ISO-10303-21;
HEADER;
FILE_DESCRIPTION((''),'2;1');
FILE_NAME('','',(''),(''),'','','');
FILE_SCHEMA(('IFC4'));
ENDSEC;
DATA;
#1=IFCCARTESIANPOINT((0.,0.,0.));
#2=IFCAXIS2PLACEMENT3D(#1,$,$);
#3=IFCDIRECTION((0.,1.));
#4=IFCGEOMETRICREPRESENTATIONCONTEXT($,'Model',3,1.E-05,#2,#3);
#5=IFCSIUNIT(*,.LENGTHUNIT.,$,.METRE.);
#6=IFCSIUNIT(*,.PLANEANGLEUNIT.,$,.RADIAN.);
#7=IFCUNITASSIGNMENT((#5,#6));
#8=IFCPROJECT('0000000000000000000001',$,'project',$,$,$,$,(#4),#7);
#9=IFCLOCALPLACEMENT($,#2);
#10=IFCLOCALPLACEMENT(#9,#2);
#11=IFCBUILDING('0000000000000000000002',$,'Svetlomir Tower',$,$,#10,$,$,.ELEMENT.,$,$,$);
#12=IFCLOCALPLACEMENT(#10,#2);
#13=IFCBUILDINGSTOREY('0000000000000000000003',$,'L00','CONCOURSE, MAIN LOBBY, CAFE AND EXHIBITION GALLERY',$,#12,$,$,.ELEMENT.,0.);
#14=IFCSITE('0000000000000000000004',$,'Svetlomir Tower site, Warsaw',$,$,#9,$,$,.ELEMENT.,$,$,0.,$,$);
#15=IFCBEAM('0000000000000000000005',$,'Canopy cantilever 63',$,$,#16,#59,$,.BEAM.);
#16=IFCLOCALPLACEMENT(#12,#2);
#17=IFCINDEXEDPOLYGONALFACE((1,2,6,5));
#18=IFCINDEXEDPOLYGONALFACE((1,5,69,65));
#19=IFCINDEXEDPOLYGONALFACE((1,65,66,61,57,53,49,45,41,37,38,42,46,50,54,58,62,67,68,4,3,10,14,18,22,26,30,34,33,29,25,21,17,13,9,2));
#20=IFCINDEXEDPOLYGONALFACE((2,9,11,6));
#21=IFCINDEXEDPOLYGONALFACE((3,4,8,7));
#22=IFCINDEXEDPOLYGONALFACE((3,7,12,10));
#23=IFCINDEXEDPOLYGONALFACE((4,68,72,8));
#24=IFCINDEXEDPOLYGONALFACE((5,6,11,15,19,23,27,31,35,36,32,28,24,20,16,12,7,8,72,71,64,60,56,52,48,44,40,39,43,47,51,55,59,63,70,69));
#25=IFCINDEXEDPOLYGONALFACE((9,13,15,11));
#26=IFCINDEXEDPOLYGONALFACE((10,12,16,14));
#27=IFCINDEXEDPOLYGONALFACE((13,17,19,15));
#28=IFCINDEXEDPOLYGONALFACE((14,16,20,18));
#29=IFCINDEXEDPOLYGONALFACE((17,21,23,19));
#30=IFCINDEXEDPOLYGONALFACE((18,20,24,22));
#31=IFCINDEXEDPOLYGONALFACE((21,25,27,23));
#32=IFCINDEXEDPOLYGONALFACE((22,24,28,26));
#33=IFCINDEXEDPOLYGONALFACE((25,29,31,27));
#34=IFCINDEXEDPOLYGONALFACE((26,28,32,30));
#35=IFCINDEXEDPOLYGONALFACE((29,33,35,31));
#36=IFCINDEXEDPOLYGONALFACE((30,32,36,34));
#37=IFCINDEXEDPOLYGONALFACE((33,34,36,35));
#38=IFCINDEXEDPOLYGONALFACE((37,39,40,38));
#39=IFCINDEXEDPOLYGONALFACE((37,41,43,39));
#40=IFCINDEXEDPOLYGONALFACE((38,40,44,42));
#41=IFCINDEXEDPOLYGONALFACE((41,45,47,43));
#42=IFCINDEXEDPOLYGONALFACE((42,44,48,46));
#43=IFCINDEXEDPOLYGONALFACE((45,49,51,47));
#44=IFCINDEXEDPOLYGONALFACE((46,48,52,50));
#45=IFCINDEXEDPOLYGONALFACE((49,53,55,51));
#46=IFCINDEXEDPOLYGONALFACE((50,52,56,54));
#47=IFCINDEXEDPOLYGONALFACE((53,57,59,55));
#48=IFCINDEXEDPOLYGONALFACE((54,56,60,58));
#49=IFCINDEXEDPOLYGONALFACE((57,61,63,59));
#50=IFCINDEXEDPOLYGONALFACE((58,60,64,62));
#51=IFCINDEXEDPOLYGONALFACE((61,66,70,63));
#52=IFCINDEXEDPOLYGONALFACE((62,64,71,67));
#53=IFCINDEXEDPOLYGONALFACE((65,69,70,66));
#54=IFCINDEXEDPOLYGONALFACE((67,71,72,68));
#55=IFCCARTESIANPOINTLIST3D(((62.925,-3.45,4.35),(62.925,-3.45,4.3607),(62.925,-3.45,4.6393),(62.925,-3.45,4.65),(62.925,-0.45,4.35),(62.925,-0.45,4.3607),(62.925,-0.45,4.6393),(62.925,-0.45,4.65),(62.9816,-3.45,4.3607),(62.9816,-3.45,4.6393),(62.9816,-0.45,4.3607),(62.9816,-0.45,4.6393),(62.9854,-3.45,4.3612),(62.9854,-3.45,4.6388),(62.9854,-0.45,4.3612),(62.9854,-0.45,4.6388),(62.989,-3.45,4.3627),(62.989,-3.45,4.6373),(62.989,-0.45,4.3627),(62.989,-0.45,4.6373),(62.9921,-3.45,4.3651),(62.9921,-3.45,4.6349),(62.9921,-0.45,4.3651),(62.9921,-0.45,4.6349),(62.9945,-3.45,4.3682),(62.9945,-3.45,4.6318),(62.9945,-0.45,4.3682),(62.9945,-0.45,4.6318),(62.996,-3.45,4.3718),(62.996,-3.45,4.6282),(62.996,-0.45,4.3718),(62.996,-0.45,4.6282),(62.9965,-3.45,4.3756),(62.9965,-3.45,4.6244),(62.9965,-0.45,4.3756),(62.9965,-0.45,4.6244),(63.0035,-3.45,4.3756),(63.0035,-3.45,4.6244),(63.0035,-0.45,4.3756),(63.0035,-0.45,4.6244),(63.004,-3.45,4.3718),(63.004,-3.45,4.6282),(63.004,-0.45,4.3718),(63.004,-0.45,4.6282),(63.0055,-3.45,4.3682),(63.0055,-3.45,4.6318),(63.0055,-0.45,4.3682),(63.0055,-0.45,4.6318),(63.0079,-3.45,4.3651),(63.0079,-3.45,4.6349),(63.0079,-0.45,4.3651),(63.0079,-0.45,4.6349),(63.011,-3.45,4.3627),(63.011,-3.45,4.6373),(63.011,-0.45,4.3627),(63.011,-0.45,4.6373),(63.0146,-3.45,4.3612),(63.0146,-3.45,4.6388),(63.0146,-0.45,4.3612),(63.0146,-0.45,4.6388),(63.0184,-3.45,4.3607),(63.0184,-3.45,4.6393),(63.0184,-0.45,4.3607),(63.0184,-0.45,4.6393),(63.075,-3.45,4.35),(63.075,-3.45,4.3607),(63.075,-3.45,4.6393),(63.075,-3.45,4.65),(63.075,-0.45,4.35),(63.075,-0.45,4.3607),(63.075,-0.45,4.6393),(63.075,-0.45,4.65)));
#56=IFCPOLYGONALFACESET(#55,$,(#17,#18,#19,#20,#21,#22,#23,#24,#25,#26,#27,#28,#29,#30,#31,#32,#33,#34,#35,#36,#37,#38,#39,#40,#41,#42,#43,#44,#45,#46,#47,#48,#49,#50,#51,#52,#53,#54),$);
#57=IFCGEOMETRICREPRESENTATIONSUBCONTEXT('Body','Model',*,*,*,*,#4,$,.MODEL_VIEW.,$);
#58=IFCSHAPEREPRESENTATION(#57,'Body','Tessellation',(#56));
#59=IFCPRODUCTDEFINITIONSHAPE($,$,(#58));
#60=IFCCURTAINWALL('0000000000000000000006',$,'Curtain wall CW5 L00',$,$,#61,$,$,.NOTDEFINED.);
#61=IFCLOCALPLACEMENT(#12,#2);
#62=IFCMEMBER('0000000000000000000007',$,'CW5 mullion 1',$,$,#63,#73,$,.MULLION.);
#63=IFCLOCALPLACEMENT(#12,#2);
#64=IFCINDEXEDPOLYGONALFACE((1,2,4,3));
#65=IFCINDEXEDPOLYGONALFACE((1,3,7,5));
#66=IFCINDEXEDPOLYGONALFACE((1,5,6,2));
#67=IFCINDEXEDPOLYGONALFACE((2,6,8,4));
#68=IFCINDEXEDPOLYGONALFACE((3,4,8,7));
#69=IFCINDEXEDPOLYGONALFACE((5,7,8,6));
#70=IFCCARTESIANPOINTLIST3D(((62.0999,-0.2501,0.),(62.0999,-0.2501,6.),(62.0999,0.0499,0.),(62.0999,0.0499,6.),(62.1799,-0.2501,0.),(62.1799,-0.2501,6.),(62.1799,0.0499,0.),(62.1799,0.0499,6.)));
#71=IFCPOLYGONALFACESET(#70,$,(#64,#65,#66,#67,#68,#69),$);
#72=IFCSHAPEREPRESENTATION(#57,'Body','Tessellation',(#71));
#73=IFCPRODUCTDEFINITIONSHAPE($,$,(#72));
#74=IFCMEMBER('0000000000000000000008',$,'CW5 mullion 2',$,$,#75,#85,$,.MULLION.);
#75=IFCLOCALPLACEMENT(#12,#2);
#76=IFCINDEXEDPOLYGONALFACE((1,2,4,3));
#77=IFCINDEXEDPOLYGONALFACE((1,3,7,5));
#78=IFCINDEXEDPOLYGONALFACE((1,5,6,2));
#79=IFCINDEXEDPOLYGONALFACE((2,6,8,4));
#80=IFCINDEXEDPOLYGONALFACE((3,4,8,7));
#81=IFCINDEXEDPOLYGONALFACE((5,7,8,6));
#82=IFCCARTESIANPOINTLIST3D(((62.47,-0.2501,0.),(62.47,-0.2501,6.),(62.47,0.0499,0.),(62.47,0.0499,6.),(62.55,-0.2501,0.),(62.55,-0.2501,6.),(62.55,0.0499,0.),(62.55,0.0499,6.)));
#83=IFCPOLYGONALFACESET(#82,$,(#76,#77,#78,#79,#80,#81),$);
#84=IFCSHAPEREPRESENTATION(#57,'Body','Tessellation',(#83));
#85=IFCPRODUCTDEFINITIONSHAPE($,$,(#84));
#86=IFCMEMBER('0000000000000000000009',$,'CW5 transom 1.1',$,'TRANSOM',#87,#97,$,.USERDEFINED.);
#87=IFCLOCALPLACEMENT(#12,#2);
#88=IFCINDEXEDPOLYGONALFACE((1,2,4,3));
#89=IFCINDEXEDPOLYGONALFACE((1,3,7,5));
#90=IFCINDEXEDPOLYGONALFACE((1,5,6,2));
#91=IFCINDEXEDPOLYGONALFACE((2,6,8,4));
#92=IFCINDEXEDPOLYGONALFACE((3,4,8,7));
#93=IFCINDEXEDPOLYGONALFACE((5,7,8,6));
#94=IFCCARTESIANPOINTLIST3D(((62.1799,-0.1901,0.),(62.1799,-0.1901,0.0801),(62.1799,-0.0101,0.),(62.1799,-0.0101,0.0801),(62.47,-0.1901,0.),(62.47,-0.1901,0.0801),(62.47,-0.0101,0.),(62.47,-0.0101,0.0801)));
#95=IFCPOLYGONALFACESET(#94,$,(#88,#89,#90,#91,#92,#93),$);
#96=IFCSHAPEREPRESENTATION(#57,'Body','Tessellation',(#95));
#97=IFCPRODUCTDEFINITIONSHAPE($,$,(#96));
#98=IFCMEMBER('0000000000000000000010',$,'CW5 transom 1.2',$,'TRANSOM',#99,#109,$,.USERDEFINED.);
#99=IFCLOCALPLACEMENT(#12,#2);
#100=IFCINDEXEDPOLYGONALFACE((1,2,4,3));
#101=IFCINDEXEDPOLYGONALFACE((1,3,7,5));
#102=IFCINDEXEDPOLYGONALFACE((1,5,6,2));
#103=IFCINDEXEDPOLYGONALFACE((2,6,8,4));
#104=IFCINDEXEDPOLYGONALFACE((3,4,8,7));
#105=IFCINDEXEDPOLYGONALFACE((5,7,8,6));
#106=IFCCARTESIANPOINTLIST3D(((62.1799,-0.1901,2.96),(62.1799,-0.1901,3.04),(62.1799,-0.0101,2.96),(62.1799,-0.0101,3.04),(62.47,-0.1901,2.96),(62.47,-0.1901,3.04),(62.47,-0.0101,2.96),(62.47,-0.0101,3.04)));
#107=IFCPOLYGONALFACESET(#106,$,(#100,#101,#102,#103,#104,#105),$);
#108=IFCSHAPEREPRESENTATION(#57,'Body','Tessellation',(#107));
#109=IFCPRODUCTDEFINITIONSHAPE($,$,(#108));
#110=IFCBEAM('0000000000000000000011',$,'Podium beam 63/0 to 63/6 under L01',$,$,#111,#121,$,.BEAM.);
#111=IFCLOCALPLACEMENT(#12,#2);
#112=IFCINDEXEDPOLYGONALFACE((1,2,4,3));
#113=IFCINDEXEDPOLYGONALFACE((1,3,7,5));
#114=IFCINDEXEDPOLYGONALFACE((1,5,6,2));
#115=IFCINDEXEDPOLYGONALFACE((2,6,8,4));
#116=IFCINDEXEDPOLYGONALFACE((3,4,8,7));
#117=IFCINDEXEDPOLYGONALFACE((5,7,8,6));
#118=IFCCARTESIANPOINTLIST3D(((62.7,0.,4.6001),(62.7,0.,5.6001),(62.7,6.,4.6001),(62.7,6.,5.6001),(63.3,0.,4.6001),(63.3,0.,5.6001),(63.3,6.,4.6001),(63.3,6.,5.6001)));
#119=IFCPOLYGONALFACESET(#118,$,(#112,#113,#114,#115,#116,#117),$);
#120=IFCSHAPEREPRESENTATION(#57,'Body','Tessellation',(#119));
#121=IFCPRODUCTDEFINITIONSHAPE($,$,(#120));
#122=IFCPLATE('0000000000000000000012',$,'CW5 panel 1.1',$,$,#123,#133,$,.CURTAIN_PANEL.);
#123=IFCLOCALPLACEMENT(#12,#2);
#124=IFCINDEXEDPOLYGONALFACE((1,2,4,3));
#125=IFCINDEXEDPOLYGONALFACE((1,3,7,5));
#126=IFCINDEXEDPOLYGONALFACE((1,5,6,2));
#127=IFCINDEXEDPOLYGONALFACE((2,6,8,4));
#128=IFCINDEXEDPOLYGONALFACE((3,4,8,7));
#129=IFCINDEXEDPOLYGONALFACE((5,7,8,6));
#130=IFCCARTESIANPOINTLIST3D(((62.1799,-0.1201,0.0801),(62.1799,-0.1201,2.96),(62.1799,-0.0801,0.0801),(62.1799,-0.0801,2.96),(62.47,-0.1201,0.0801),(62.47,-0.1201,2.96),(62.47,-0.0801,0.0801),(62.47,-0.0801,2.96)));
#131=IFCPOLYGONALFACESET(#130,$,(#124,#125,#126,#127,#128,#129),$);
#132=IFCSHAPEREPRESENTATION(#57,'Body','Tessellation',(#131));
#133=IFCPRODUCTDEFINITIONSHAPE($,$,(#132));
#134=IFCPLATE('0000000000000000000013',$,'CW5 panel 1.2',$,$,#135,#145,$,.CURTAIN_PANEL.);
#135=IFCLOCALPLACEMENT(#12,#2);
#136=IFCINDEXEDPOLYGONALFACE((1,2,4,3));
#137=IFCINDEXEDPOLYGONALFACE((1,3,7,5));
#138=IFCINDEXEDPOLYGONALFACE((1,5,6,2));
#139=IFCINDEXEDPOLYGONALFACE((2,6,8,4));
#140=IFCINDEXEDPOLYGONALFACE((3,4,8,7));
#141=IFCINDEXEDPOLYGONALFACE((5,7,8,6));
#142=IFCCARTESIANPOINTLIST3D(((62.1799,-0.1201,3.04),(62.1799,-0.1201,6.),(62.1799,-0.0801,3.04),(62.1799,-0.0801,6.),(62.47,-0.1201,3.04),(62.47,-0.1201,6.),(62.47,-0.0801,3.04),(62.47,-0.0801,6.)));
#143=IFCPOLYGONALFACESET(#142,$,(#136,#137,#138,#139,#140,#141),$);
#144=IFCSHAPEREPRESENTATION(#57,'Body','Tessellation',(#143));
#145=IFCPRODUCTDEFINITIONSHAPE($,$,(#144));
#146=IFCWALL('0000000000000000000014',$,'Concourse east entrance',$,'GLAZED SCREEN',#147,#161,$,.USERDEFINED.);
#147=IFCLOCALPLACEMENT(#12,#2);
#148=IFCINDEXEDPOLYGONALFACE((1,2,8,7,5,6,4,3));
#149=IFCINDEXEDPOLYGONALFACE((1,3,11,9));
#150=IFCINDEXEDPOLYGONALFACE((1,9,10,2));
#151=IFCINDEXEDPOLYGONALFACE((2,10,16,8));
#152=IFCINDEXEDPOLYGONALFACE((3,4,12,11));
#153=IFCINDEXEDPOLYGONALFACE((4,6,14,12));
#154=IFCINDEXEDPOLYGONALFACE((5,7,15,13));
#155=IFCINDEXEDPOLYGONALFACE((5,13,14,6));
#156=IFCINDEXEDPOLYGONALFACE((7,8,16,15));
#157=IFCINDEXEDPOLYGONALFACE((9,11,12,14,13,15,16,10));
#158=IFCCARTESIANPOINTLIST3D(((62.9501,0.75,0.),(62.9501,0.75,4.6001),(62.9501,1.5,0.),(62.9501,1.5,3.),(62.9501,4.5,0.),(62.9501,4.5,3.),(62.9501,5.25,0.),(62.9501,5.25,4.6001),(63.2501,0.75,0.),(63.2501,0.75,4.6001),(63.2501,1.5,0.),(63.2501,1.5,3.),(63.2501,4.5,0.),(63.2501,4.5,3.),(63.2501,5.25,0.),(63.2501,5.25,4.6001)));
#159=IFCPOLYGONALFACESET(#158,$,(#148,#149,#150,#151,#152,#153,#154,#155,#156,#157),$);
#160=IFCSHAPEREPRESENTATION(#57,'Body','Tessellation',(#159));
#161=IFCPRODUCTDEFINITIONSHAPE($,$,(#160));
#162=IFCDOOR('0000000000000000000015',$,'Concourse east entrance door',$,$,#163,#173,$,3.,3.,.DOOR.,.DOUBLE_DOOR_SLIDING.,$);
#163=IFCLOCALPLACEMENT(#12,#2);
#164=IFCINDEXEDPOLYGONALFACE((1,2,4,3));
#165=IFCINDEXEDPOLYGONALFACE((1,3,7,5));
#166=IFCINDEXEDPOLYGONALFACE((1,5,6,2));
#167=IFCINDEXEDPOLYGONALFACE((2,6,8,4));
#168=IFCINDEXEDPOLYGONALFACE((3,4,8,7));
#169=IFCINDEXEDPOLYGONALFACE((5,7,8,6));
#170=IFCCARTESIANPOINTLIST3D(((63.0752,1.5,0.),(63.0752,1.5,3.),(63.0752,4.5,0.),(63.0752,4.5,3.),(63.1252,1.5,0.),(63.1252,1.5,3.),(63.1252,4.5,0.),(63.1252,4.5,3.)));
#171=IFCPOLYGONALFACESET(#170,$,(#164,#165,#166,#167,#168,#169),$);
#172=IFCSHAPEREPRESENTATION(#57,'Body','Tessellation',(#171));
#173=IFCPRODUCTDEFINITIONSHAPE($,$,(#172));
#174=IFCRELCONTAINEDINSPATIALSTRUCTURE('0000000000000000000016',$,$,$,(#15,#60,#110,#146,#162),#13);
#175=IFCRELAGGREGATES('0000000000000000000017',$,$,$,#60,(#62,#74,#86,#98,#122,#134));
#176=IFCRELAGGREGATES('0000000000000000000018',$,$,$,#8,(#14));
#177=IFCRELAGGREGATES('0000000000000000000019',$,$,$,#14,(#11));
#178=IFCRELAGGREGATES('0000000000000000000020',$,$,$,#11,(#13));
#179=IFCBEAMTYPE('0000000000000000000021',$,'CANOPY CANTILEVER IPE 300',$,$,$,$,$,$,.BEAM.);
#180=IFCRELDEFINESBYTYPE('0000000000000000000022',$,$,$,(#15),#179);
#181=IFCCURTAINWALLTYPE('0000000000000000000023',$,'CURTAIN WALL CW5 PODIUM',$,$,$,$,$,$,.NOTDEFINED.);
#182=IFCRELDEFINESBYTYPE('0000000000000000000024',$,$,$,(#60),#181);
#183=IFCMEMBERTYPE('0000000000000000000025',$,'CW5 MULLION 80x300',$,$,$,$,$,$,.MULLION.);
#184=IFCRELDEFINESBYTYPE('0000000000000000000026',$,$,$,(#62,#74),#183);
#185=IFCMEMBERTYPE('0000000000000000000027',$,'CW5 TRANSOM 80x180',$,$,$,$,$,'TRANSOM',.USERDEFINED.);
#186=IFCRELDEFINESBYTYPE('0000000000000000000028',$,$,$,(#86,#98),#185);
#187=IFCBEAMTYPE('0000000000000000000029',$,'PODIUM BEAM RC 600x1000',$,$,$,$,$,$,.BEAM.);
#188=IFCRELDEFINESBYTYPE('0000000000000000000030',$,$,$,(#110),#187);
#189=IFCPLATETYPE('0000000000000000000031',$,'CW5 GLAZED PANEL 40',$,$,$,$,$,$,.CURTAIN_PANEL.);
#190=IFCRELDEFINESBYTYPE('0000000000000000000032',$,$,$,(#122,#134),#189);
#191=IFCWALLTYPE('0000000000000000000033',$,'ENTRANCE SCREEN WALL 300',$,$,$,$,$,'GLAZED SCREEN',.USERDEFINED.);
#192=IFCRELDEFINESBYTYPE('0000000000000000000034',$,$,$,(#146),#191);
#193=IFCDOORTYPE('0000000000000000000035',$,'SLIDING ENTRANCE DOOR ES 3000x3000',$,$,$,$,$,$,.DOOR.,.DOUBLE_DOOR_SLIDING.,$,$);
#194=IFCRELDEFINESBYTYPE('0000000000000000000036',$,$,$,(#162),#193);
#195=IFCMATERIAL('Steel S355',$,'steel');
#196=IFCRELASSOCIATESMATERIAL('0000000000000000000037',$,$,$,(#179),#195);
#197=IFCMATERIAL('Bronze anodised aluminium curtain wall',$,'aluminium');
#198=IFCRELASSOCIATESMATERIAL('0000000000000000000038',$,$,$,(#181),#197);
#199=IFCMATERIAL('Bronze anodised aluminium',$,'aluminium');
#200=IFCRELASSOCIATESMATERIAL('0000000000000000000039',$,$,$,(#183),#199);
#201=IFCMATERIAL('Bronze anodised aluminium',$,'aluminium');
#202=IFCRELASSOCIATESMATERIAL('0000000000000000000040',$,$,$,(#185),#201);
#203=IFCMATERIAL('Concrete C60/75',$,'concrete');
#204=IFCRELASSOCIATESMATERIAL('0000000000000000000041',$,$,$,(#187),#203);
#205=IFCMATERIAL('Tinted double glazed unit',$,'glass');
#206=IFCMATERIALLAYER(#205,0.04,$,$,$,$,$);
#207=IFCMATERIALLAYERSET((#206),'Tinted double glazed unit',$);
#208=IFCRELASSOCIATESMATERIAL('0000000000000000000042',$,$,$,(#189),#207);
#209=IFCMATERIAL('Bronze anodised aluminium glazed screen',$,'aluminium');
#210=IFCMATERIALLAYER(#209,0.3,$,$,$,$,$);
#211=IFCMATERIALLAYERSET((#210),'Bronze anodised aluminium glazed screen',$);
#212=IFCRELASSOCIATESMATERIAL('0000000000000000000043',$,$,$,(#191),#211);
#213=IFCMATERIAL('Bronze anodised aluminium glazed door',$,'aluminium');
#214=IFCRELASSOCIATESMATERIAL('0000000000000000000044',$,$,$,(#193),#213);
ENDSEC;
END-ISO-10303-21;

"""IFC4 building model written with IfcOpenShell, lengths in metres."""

from ifc_helpers import new_model, si_unit, direction, frame, frame_2d, origin, origin_2d, place, context, subcontext, project, spatial, rectangle, i_section, extrude, material, layer, layer_set, material_profile, profile_set, type_object, element, fill, aggregate, save


model = new_model("IFC4")

# Units and contexts
model_context = context("Model", 3, precision=1e-05, world=origin(), true_north=direction((0.0, 1.0)))
body_context = subcontext(model_context, "Body", "Model", "MODEL_VIEW")
ifc_project = project(units=[si_unit("LENGTHUNIT", "METRE"), si_unit("PLANEANGLEUNIT", "RADIAN")], contexts=[model_context])

# Site, building, storey
site_placement = place(None, origin())
site = spatial("IfcSite", under=ifc_project, at=site_placement, Name="Svetlomir Tower site, Warsaw", CompositionType="ELEMENT", RefElevation=0.0)
building_placement = place(site_placement, origin())
building = spatial("IfcBuilding", under=site, at=building_placement, Name="Svetlomir Tower", CompositionType="ELEMENT")
storey_placement = place(building_placement, origin())
storey = spatial("IfcBuildingStorey", under=building, at=storey_placement, Name="L00", Description="CONCOURSE, MAIN LOBBY, CAFE AND EXHIBITION GALLERY", CompositionType="ELEMENT", Elevation=0.0)

# Beam
ifc_material_1 = material(Name="Steel S355", Category="steel")
ifc_material_profile_1 = material_profile(ifc_material_1, i_section(OverallWidth=0.1499, OverallDepth=0.3, WebThickness=0.0071, FlangeThickness=0.0107, FilletRadius=0.0149, at=origin_2d()), Name="IPE 300")
ifc_profile_set_1 = profile_set([ifc_material_profile_1], Name="Steel S355")
beam_type_1 = type_object("IfcBeamType", Name="CANOPY CANTILEVER IPE 300", PredefinedType="BEAM", material=ifc_profile_set_1)
beam_1_placement = place(storey_placement, frame((63.0, -0.45, 4.5), z_axis=(0.0, -1.0, 0.0), x_axis=(1.0, 0.0, 0.0)))
element("IfcBeam", 1, at=beam_1_placement, inside=storey, type_object=beam_type_1, Name="Canopy cantilever 63", PredefinedType="BEAM", context=body_context, shape_type="SweptSolid", body=[
    extrude(i_section(OverallWidth=0.1499, OverallDepth=0.3, WebThickness=0.0071, FlangeThickness=0.0107, FilletRadius=0.0149, at=origin_2d()), origin(), (0.0, 0.0, 1.0), 3.0),
])

# Curtain wall, members
ifc_material_2 = material(Name="Bronze anodised aluminium curtain wall", Category="aluminium")
curtain_wall_type = type_object("IfcCurtainWallType", Name="CURTAIN WALL CW5 PODIUM", PredefinedType="NOTDEFINED", material=ifc_material_2)
curtain_wall_placement = place(storey_placement, origin())
curtain_wall = element("IfcCurtainWall", 2, at=curtain_wall_placement, inside=storey, type_object=curtain_wall_type, Name="Curtain wall CW5 L00", PredefinedType="NOTDEFINED")
ifc_material_3 = material(Name="Bronze anodised aluminium", Category="aluminium")
ifc_material_profile_2 = material_profile(ifc_material_3, rectangle(XDim=0.0801, YDim=0.3, at=origin_2d()), Name="AL 80x300")
ifc_profile_set_2 = profile_set([ifc_material_profile_2], Name="Bronze anodised aluminium 6063-T6")
member_type_1 = type_object("IfcMemberType", Name="CW5 MULLION 80x300", PredefinedType="MULLION", material=ifc_profile_set_2)
member_1_placement = place(storey_placement, frame((62.1399, -0.1001, 0.0), z_axis=(0.0, 0.0, 1.0), x_axis=(1.0, 0.0, 0.0)))
member_1 = element("IfcMember", 3, at=member_1_placement, type_object=member_type_1, Name="CW5 mullion 1", PredefinedType="MULLION", context=body_context, shape_type="SweptSolid", body=[
    extrude(rectangle(XDim=0.0801, YDim=0.3, at=origin_2d()), origin(), (0.0, 0.0, 1.0), 6.0),
])
member_2_placement = place(storey_placement, frame((62.51, -0.1001, 0.0), z_axis=(0.0, 0.0, 1.0), x_axis=(1.0, 0.0, 0.0)))
member_2 = element("IfcMember", 4, at=member_2_placement, type_object=member_type_1, Name="CW5 mullion 2", PredefinedType="MULLION", context=body_context, shape_type="SweptSolid", body=[
    extrude(rectangle(XDim=0.0801, YDim=0.3, at=origin_2d()), origin(), (0.0, 0.0, 1.0), 6.0),
])
ifc_material_4 = material(Name="Bronze anodised aluminium", Category="aluminium")
ifc_material_profile_3 = material_profile(ifc_material_4, rectangle(XDim=0.1799, YDim=0.0801, at=origin_2d()), Name="AL 180x80")
ifc_profile_set_3 = profile_set([ifc_material_profile_3], Name="Bronze anodised aluminium 6063-T6")
member_type_2 = type_object("IfcMemberType", Name="CW5 TRANSOM 80x180", ElementType="TRANSOM", PredefinedType="USERDEFINED", material=ifc_profile_set_3)
member_3_placement = place(storey_placement, frame((62.1799, -0.1001, 0.04), z_axis=(1.0, 0.0, 0.0), x_axis=(0.0, 1.0, 0.0)))
member_3 = element("IfcMember", 5, at=member_3_placement, type_object=member_type_2, Name="CW5 transom 1.1", ObjectType="TRANSOM", PredefinedType="USERDEFINED", context=body_context, shape_type="SweptSolid", body=[
    extrude(rectangle(XDim=0.1799, YDim=0.0801, at=origin_2d()), origin(), (0.0, 0.0, 1.0), 0.29),
])
member_4_placement = place(storey_placement, frame((62.1799, -0.1001, 3.0), z_axis=(1.0, 0.0, 0.0), x_axis=(0.0, 1.0, 0.0)))
member_4 = element("IfcMember", 6, at=member_4_placement, type_object=member_type_2, Name="CW5 transom 1.2", ObjectType="TRANSOM", PredefinedType="USERDEFINED", context=body_context, shape_type="SweptSolid", body=[
    extrude(rectangle(XDim=0.1799, YDim=0.0801, at=origin_2d()), origin(), (0.0, 0.0, 1.0), 0.29),
])

# Beam
ifc_material_5 = material(Name="Concrete C60/75", Category="concrete")
ifc_material_profile_4 = material_profile(ifc_material_5, rectangle(XDim=0.6001, YDim=1.0, at=origin_2d()), Name="RC 600x1000")
ifc_profile_set_4 = profile_set([ifc_material_profile_4], Name="Concrete C60/75")
beam_type_2 = type_object("IfcBeamType", Name="PODIUM BEAM RC 600x1000", PredefinedType="BEAM", material=ifc_profile_set_4)
beam_2_placement = place(storey_placement, frame((63.0, 0.0, 5.1001), z_axis=(0.0, 1.0, 0.0), x_axis=(-1.0, 0.0, 0.0)))
element("IfcBeam", 7, at=beam_2_placement, inside=storey, type_object=beam_type_2, Name="Podium beam 63/0 to 63/6 under L01", PredefinedType="BEAM", context=body_context, shape_type="SweptSolid", body=[
    extrude(rectangle(XDim=0.6001, YDim=1.0, at=origin_2d()), origin(), (0.0, 0.0, 1.0), 6.0),
])

# Plates
ifc_material_6 = material(Name="Tinted double glazed unit", Category="glass")
ifc_layer_1 = layer(ifc_material_6, 0.04)
ifc_layer_set_1 = layer_set([ifc_layer_1], Name="Tinted double glazed unit")
plate_type = type_object("IfcPlateType", Name="CW5 GLAZED PANEL 40", PredefinedType="CURTAIN_PANEL", material=ifc_layer_set_1)
plate_1_placement = place(storey_placement, frame((62.325, -0.1001, 0.0801), z_axis=(0.0, 0.0, 1.0), x_axis=(1.0, 0.0, 0.0)))
plate_1 = element("IfcPlate", 8, at=plate_1_placement, type_object=plate_type, Name="CW5 panel 1.1", PredefinedType="CURTAIN_PANEL", context=body_context, shape_type="SweptSolid", body=[
    extrude(rectangle(XDim=0.29, YDim=0.04, at=origin_2d()), origin(), (0.0, 0.0, 1.0), 2.8799),
])
plate_2_placement = place(storey_placement, frame((62.325, -0.1001, 3.04), z_axis=(0.0, 0.0, 1.0), x_axis=(1.0, 0.0, 0.0)))
plate_2 = element("IfcPlate", 9, at=plate_2_placement, type_object=plate_type, Name="CW5 panel 1.2", PredefinedType="CURTAIN_PANEL", context=body_context, shape_type="SweptSolid", body=[
    extrude(rectangle(XDim=0.29, YDim=0.04, at=origin_2d()), origin(), (0.0, 0.0, 1.0), 2.96),
])
aggregate(curtain_wall, [member_1, member_2, member_3, member_4, plate_1, plate_2])

# Wall, opening, door
ifc_material_7 = material(Name="Bronze anodised aluminium glazed screen", Category="aluminium")
ifc_layer_2 = layer(ifc_material_7, 0.3)
ifc_layer_set_2 = layer_set([ifc_layer_2], Name="Bronze anodised aluminium glazed screen")
wall_type_1 = type_object("IfcWallType", Name="ENTRANCE SCREEN WALL 300", ElementType="GLAZED SCREEN", PredefinedType="USERDEFINED", material=ifc_layer_set_2)
wall_1_placement = place(storey_placement, frame((63.1001, 0.75, 0.0), z_axis=(0.0, 0.0, 1.0), x_axis=(0.0, 1.0, 0.0)))
wall_1 = element("IfcWall", 10, at=wall_1_placement, inside=storey, type_object=wall_type_1, Name="Concourse east entrance", ObjectType="GLAZED SCREEN", PredefinedType="USERDEFINED", context=body_context, shape_type="SweptSolid", body=[
    extrude(rectangle(XDim=4.5, YDim=0.3, at=frame_2d((2.25, 0.0))), origin(), (0.0, 0.0, 1.0), 4.6001),
])
opening_1_placement = place(wall_1_placement, frame((0.75, 0.0, 0.0)))
opening_1 = element("IfcOpeningElement", 11, at=opening_1_placement, cuts=wall_1, PredefinedType="OPENING", context=body_context, shape_type="SweptSolid", body=[
    extrude(rectangle(XDim=3.0, YDim=3.0, at=frame_2d((1.5, 1.5))), frame((0.0, 0.1602, 0.0), z_axis=(0.0, -1.0, 0.0), x_axis=(1.0, 0.0, 0.0)), (0.0, 0.0, 1.0), 0.3201),
])
ifc_material_8 = material(Name="Bronze anodised aluminium glazed door", Category="aluminium")
door_type_1 = type_object("IfcDoorType", Name="SLIDING ENTRANCE DOOR ES 3000x3000", OperationType="DOUBLE_DOOR_SLIDING", PredefinedType="DOOR", material=ifc_material_8)
door_1_placement = place(opening_1_placement, origin())
door_1 = element("IfcDoor", 12, at=door_1_placement, inside=storey, type_object=door_type_1, Name="Concourse east entrance door", OperationType="DOUBLE_DOOR_SLIDING", OverallHeight=3.0, OverallWidth=3.0, PredefinedType="DOOR", context=body_context, shape_type="SweptSolid", body=[
    extrude(rectangle(XDim=3.0, YDim=3.0, at=frame_2d((1.5, 1.5))), frame((0.0, 0.0249, 0.0), z_axis=(0.0, -1.0, 0.0), x_axis=(1.0, 0.0, 0.0)), (0.0, 0.0, 1.0), 0.05),
])
fill(opening_1, door_1)

save(model, "model.ifc")
